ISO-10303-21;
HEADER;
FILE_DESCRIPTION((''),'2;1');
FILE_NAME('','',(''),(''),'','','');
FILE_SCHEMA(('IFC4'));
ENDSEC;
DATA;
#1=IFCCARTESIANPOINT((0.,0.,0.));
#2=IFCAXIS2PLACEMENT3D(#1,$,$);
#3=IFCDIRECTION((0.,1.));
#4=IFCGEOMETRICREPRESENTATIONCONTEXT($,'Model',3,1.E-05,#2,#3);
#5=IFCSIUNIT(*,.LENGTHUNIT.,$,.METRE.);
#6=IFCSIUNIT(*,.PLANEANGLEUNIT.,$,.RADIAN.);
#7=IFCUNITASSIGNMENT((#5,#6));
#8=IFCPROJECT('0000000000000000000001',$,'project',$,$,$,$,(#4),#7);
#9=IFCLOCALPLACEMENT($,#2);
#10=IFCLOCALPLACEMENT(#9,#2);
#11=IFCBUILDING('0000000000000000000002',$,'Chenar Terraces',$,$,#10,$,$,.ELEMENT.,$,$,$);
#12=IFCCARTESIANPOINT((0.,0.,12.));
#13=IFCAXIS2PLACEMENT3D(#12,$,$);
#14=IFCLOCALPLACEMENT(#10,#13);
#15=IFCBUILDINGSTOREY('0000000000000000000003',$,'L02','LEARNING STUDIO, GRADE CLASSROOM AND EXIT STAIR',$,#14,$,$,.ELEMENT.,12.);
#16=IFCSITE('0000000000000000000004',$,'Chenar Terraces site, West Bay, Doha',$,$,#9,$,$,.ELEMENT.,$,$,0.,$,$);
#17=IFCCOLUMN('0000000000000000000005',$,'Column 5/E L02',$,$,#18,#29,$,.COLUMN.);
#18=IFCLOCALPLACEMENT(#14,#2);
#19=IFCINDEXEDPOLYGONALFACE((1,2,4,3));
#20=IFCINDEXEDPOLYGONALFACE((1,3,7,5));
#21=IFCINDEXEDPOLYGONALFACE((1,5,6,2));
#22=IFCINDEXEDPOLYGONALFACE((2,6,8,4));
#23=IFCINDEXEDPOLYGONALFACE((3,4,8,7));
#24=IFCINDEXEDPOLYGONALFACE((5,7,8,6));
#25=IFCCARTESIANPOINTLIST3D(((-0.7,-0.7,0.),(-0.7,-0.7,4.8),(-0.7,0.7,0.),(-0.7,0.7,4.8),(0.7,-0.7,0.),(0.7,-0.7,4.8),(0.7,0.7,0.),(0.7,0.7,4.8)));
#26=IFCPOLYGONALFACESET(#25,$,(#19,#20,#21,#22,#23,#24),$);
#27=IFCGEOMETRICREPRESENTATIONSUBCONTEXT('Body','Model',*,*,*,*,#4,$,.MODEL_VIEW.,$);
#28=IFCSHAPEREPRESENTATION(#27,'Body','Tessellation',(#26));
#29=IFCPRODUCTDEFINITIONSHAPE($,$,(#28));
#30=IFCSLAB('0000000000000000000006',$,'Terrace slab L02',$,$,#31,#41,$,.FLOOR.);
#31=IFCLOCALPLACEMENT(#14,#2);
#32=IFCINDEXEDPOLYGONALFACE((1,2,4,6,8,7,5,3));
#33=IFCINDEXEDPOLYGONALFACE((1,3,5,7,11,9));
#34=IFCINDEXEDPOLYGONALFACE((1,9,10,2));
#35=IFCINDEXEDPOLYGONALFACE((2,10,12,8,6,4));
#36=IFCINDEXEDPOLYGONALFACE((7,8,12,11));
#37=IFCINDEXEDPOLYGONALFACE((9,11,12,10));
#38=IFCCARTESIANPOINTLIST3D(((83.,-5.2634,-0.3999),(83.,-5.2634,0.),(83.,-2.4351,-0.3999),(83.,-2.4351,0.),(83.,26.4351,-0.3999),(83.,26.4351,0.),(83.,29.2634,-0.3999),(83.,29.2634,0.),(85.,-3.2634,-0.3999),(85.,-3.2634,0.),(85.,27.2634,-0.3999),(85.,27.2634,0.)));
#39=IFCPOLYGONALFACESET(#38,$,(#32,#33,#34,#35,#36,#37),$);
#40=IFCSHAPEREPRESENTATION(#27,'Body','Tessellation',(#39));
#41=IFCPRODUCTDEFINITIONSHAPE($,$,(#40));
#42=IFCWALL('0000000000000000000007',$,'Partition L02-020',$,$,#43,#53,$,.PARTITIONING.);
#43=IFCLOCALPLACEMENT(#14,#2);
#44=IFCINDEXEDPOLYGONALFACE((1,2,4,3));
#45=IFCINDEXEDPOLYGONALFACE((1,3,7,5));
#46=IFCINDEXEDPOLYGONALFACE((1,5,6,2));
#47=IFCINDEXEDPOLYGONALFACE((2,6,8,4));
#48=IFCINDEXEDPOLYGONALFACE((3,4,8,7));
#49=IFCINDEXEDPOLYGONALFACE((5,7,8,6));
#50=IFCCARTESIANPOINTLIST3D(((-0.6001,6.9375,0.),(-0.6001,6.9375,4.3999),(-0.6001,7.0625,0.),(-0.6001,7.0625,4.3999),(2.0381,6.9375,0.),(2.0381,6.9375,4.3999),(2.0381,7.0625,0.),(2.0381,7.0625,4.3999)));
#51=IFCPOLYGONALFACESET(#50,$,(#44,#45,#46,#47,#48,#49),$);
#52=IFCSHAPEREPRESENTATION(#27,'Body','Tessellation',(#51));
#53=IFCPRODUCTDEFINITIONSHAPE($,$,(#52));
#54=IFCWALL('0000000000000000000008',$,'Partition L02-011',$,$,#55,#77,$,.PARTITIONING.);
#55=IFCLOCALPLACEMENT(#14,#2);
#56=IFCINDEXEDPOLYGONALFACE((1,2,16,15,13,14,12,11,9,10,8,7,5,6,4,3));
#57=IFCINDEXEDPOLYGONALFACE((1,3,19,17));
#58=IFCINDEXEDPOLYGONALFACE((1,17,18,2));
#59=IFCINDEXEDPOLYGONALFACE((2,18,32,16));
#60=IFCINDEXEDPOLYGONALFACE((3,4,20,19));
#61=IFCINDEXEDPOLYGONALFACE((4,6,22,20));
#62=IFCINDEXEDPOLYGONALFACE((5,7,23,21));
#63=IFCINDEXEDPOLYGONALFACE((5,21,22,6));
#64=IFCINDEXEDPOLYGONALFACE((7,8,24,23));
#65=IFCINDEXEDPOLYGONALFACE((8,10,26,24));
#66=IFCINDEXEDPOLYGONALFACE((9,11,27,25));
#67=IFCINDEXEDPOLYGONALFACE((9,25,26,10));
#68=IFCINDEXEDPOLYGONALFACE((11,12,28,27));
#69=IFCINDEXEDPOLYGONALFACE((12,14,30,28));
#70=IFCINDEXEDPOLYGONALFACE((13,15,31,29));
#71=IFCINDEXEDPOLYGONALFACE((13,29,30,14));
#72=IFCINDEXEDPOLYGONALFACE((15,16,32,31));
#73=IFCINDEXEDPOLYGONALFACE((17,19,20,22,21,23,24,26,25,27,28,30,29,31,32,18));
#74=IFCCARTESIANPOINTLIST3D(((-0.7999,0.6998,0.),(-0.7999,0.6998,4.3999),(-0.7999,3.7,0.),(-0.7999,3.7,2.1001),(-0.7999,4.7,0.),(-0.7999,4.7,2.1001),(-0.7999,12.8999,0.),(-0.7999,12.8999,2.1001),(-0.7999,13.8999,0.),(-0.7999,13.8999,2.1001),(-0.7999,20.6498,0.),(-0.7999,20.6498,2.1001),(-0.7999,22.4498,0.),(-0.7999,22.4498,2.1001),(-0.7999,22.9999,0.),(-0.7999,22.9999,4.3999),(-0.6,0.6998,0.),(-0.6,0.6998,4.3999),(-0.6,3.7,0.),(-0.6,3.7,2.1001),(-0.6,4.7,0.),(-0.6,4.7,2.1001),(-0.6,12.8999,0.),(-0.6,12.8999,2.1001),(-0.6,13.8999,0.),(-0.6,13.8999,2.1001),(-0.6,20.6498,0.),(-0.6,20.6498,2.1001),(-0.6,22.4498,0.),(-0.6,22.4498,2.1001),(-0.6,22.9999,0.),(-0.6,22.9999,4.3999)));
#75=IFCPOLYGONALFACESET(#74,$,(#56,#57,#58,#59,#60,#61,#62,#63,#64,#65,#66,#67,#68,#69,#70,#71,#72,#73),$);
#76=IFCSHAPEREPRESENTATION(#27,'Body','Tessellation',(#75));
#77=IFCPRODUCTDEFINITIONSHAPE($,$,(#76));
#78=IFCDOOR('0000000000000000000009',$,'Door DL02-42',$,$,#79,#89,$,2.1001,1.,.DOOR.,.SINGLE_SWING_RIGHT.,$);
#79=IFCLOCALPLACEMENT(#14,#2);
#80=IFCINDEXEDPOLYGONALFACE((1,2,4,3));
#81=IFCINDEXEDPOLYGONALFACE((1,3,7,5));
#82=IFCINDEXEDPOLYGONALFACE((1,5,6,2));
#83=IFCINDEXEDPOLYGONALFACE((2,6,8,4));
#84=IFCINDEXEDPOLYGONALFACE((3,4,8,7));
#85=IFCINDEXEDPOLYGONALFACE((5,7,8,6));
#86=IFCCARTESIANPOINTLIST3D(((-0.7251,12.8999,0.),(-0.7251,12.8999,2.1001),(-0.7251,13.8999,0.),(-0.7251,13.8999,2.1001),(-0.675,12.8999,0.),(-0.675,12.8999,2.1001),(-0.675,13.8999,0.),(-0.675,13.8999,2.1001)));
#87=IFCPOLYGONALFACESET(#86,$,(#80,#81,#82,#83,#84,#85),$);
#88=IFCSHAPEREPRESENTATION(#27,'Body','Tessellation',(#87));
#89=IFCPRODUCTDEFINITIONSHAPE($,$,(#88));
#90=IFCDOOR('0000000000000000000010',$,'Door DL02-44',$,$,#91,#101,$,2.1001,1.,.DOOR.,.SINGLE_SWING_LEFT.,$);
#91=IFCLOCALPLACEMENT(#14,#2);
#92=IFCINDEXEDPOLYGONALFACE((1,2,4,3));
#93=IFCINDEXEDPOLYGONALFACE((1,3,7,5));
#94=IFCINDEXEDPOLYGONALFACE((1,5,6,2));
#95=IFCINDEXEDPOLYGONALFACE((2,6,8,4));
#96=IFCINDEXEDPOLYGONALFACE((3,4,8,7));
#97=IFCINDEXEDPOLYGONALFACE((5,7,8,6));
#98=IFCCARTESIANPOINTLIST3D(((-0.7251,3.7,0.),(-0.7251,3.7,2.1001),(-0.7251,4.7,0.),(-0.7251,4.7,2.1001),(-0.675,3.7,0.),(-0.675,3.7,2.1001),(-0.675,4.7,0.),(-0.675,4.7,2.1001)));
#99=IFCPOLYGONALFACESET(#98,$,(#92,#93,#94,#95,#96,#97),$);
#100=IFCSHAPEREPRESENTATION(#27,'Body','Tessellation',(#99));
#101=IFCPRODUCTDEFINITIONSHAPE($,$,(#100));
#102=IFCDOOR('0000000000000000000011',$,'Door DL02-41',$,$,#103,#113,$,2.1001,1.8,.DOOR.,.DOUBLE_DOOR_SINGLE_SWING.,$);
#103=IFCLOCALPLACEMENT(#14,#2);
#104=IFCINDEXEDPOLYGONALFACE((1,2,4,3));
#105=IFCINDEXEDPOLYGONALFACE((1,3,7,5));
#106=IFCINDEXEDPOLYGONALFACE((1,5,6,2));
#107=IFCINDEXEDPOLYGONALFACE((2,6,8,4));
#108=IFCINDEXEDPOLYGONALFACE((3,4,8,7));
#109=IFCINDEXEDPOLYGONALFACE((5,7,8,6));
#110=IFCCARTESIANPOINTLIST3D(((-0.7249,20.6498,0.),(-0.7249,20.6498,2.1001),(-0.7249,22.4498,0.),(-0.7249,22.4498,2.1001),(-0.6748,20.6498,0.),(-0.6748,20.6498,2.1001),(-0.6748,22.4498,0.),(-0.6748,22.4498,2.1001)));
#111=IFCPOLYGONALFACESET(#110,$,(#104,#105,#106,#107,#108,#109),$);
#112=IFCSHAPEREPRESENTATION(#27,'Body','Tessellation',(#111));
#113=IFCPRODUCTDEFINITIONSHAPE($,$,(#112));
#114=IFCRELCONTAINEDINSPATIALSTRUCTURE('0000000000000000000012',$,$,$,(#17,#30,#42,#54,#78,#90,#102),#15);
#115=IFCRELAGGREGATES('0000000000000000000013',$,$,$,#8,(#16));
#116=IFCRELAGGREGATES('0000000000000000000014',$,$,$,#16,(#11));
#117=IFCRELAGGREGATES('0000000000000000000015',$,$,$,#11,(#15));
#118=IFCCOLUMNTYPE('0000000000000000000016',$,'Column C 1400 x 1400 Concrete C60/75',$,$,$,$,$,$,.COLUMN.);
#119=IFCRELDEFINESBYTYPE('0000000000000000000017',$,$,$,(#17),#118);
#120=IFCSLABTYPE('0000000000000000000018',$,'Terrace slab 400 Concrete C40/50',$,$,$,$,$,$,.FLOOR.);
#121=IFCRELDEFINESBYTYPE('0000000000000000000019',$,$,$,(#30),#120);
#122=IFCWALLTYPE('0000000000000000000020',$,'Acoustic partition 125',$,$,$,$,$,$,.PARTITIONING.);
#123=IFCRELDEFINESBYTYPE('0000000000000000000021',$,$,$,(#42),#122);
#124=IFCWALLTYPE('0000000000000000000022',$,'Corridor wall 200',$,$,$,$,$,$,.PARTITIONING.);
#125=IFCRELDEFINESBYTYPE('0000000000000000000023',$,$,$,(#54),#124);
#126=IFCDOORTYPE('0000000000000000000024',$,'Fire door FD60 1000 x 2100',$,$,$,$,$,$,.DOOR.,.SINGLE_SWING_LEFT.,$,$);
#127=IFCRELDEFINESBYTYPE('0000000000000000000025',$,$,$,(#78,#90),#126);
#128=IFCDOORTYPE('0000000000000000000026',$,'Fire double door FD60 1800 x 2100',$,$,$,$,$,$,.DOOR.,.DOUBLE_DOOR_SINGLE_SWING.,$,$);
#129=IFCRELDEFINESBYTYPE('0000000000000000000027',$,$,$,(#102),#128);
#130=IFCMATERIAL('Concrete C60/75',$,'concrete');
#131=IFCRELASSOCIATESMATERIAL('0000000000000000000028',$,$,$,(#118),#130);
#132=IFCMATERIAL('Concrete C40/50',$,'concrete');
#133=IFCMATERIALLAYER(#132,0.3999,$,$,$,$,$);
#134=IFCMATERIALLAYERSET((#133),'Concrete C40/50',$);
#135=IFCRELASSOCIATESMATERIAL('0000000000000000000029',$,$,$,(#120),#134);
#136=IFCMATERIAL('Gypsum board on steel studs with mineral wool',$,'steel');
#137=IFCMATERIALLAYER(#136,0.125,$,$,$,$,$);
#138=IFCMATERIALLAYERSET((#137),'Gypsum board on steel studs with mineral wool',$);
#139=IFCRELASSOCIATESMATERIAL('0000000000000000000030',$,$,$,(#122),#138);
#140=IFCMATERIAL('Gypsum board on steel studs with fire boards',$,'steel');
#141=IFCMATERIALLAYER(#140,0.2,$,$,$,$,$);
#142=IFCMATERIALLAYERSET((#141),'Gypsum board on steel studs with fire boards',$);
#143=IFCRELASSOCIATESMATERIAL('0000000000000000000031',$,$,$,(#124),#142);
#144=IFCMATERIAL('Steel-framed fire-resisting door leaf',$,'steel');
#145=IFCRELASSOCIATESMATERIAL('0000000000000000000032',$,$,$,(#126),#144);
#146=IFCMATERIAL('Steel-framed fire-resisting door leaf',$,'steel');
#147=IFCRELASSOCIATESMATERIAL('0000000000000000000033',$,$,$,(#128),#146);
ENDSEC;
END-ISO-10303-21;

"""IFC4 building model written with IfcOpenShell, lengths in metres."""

from ifc_helpers import new_model, si_unit, direction, frame, frame_2d, origin, origin_with_axes, origin_2d, place, context, subcontext, project, spatial, polyline, rectangle, outline, extrude, material, layer, layer_set, material_profile, profile_set, type_object, element, fill, save


model = new_model("IFC4")

# Units and contexts
model_context = context("Model", 3, precision=1e-05, world=origin(), true_north=direction((0.0, 1.0)))
body_context = subcontext(model_context, "Body", "Model", "MODEL_VIEW")
ifc_project = project(units=[si_unit("LENGTHUNIT", "METRE"), si_unit("PLANEANGLEUNIT", "RADIAN")], contexts=[model_context])

# Site, building, storey
site_placement = place(None, origin())
site = spatial("IfcSite", under=ifc_project, at=site_placement, Name="Chenar Terraces site, West Bay, Doha", CompositionType="ELEMENT", RefElevation=0.0)
building_placement = place(site_placement, origin())
building = spatial("IfcBuilding", under=site, at=building_placement, Name="Chenar Terraces", CompositionType="ELEMENT")
storey_placement = place(building_placement, frame((0.0, 0.0, 12.0)))
storey = spatial("IfcBuildingStorey", under=building, at=storey_placement, Name="L02", Description="LEARNING STUDIO, GRADE CLASSROOM AND EXIT STAIR", CompositionType="ELEMENT", Elevation=12.0)

# Column
ifc_material_1 = material(Name="Concrete C60/75", Category="concrete")
ifc_material_profile = material_profile(ifc_material_1, rectangle(XDim=1.3999, YDim=1.3999, at=origin_2d()), Name="C 1400 x 1400")
ifc_profile_set = profile_set([ifc_material_profile], Name="Concrete C60/75")
column_type = type_object("IfcColumnType", Name="Column C 1400 x 1400 Concrete C60/75", PredefinedType="COLUMN", material=ifc_profile_set)
column_placement = place(storey_placement, origin_with_axes())
element("IfcColumn", 1, at=column_placement, inside=storey, type_object=column_type, Name="Column 5/E L02", PredefinedType="COLUMN", context=body_context, shape_type="SweptSolid", body=[
    extrude(rectangle(XDim=1.3999, YDim=1.3999, at=origin_2d()), origin(), (0.0, 0.0, 1.0), 4.8),
])

# Slab
placement = place(storey_placement, frame((0.0, 0.0, -0.3999)))
ifc_material_2 = material(Name="Concrete C40/50", Category="concrete")
ifc_layer_1 = layer(ifc_material_2, 0.3999)
ifc_layer_set_1 = layer_set([ifc_layer_1], Name="Concrete C40/50")
slab_type_1 = type_object("IfcSlabType", Name="Terrace slab 400 Concrete C40/50", PredefinedType="FLOOR", material=ifc_layer_set_1)
element("IfcSlab", 2, at=placement, inside=storey, type_object=slab_type_1, Name="Terrace slab L02", PredefinedType="FLOOR", context=body_context, shape_type="SweptSolid", body=[
    extrude(outline(polyline([(85.0, 27.2634), (85.0, -3.2634), (83.0, -5.2634), (83.0, -2.4351), (83.0, 26.4351), (83.0, 29.2634), (85.0, 27.2634)])), origin(), (0.0, 0.0, 1.0), 0.3999),
])

# Wall
ifc_material_3 = material(Name="Gypsum board on steel studs with mineral wool", Category="steel")
ifc_layer_2 = layer(ifc_material_3, 0.125)
ifc_layer_set_2 = layer_set([ifc_layer_2], Name="Gypsum board on steel studs with mineral wool")
wall_type_1 = type_object("IfcWallType", Name="Acoustic partition 125", PredefinedType="PARTITIONING", material=ifc_layer_set_2)
wall_1_placement = place(storey_placement, frame((-0.6001, 7.0, 0.0), z_axis=(0.0, 0.0, 1.0), x_axis=(1.0, 0.0, 0.0)))
element("IfcWall", 3, at=wall_1_placement, inside=storey, type_object=wall_type_1, Name="Partition L02-020", PredefinedType="PARTITIONING", context=body_context, shape_type="SweptSolid", body=[
    extrude(rectangle(XDim=2.6382, YDim=0.125, at=frame_2d((1.3191, 0.0))), origin(), (0.0, 0.0, 1.0), 4.3999),
])

# Wall, openings, doors
ifc_material_4 = material(Name="Gypsum board on steel studs with fire boards", Category="steel")
ifc_layer_3 = layer(ifc_material_4, 0.2)
ifc_layer_set_3 = layer_set([ifc_layer_3], Name="Gypsum board on steel studs with fire boards")
wall_type_2 = type_object("IfcWallType", Name="Corridor wall 200", PredefinedType="PARTITIONING", material=ifc_layer_set_3)
wall_2_placement = place(storey_placement, frame((-0.7, 0.7, 0.0), z_axis=(0.0, 0.0, 1.0), x_axis=(0.0, 1.0, 0.0)))
wall_2 = element("IfcWall", 4, at=wall_2_placement, inside=storey, type_object=wall_type_2, Name="Partition L02-011", PredefinedType="PARTITIONING", context=body_context, shape_type="SweptSolid", body=[
    extrude(rectangle(XDim=22.3, YDim=0.2, at=frame_2d((11.1499, 0.0))), origin(), (0.0, 0.0, 1.0), 4.3999),
])
opening_1_placement = place(wall_2_placement, frame((19.95, 0.0, 0.0)))
opening_1 = element("IfcOpeningElement", 5, at=opening_1_placement, cuts=wall_2, PredefinedType="OPENING", context=body_context, shape_type="SweptSolid", body=[
    extrude(rectangle(XDim=1.8, YDim=2.1001, at=frame_2d((0.8999, 1.05))), frame((0.0, 0.1099, 0.0), z_axis=(0.0, -1.0, 0.0), x_axis=(1.0, 0.0, 0.0)), (0.0, 0.0, 1.0), 0.22),
])
opening_2_placement = place(wall_2_placement, frame((12.2, 0.0, 0.0)))
opening_2 = element("IfcOpeningElement", 6, at=opening_2_placement, cuts=wall_2, PredefinedType="OPENING", context=body_context, shape_type="SweptSolid", body=[
    extrude(rectangle(XDim=1.0, YDim=2.1001, at=frame_2d((0.5, 1.05))), frame((0.0, 0.1099, 0.0), z_axis=(0.0, -1.0, 0.0), x_axis=(1.0, 0.0, 0.0)), (0.0, 0.0, 1.0), 0.22),
])
opening_3_placement = place(wall_2_placement, frame((3.0, 0.0, 0.0)))
opening_3 = element("IfcOpeningElement", 7, at=opening_3_placement, cuts=wall_2, PredefinedType="OPENING", context=body_context, shape_type="SweptSolid", body=[
    extrude(rectangle(XDim=1.0, YDim=2.1001, at=frame_2d((0.5, 1.05))), frame((0.0, 0.1099, 0.0), z_axis=(0.0, -1.0, 0.0), x_axis=(1.0, 0.0, 0.0)), (0.0, 0.0, 1.0), 0.22),
])
ifc_material_5 = material(Name="Steel-framed fire-resisting door leaf", Category="steel")
door_type_1 = type_object("IfcDoorType", Name="Fire door FD60 1000 x 2100", OperationType="SINGLE_SWING_LEFT", PredefinedType="DOOR", material=ifc_material_5)
door_1_placement = place(opening_2_placement, frame((1.0, 0.0, 0.0), z_axis=(0.0, 0.0, 1.0), x_axis=(-1.0, 0.0, 0.0)))
door_1 = element("IfcDoor", 8, at=door_1_placement, inside=storey, type_object=door_type_1, Name="Door DL02-42", OperationType="SINGLE_SWING_RIGHT", OverallHeight=2.1001, OverallWidth=1.0, PredefinedType="DOOR", context=body_context, shape_type="SweptSolid", body=[
    extrude(rectangle(XDim=1.0, YDim=2.1001, at=frame_2d((0.5, 1.05))), frame((0.0, 0.0249, 0.0), z_axis=(0.0, -1.0, 0.0), x_axis=(1.0, 0.0, 0.0)), (0.0, 0.0, 1.0), 0.05),
])
fill(opening_2, door_1)
door_2_placement = place(opening_3_placement, frame((1.0, 0.0, 0.0), z_axis=(0.0, 0.0, 1.0), x_axis=(-1.0, 0.0, 0.0)))
door_2 = element("IfcDoor", 9, at=door_2_placement, inside=storey, type_object=door_type_1, Name="Door DL02-44", OperationType="SINGLE_SWING_LEFT", OverallHeight=2.1001, OverallWidth=1.0, PredefinedType="DOOR", context=body_context, shape_type="SweptSolid", body=[
    extrude(rectangle(XDim=1.0, YDim=2.1001, at=frame_2d((0.5, 1.05))), frame((0.0, 0.0249, 0.0), z_axis=(0.0, -1.0, 0.0), x_axis=(1.0, 0.0, 0.0)), (0.0, 0.0, 1.0), 0.05),
])
fill(opening_3, door_2)
ifc_material_6 = material(Name="Steel-framed fire-resisting door leaf", Category="steel")
door_type_2 = type_object("IfcDoorType", Name="Fire double door FD60 1800 x 2100", OperationType="DOUBLE_DOOR_SINGLE_SWING", PredefinedType="DOOR", material=ifc_material_6)
door_3_placement = place(opening_1_placement, origin())
door_3 = element("IfcDoor", 10, at=door_3_placement, inside=storey, type_object=door_type_2, Name="Door DL02-41", OperationType="DOUBLE_DOOR_SINGLE_SWING", OverallHeight=2.1001, OverallWidth=1.8, PredefinedType="DOOR", context=body_context, shape_type="SweptSolid", body=[
    extrude(rectangle(XDim=1.8, YDim=2.1001, at=frame_2d((0.8999, 1.05))), frame((0.0, 0.0249, 0.0), z_axis=(0.0, -1.0, 0.0), x_axis=(1.0, 0.0, 0.0)), (0.0, 0.0, 1.0), 0.05),
])
fill(opening_1, door_3)

save(model, "model.ifc")
